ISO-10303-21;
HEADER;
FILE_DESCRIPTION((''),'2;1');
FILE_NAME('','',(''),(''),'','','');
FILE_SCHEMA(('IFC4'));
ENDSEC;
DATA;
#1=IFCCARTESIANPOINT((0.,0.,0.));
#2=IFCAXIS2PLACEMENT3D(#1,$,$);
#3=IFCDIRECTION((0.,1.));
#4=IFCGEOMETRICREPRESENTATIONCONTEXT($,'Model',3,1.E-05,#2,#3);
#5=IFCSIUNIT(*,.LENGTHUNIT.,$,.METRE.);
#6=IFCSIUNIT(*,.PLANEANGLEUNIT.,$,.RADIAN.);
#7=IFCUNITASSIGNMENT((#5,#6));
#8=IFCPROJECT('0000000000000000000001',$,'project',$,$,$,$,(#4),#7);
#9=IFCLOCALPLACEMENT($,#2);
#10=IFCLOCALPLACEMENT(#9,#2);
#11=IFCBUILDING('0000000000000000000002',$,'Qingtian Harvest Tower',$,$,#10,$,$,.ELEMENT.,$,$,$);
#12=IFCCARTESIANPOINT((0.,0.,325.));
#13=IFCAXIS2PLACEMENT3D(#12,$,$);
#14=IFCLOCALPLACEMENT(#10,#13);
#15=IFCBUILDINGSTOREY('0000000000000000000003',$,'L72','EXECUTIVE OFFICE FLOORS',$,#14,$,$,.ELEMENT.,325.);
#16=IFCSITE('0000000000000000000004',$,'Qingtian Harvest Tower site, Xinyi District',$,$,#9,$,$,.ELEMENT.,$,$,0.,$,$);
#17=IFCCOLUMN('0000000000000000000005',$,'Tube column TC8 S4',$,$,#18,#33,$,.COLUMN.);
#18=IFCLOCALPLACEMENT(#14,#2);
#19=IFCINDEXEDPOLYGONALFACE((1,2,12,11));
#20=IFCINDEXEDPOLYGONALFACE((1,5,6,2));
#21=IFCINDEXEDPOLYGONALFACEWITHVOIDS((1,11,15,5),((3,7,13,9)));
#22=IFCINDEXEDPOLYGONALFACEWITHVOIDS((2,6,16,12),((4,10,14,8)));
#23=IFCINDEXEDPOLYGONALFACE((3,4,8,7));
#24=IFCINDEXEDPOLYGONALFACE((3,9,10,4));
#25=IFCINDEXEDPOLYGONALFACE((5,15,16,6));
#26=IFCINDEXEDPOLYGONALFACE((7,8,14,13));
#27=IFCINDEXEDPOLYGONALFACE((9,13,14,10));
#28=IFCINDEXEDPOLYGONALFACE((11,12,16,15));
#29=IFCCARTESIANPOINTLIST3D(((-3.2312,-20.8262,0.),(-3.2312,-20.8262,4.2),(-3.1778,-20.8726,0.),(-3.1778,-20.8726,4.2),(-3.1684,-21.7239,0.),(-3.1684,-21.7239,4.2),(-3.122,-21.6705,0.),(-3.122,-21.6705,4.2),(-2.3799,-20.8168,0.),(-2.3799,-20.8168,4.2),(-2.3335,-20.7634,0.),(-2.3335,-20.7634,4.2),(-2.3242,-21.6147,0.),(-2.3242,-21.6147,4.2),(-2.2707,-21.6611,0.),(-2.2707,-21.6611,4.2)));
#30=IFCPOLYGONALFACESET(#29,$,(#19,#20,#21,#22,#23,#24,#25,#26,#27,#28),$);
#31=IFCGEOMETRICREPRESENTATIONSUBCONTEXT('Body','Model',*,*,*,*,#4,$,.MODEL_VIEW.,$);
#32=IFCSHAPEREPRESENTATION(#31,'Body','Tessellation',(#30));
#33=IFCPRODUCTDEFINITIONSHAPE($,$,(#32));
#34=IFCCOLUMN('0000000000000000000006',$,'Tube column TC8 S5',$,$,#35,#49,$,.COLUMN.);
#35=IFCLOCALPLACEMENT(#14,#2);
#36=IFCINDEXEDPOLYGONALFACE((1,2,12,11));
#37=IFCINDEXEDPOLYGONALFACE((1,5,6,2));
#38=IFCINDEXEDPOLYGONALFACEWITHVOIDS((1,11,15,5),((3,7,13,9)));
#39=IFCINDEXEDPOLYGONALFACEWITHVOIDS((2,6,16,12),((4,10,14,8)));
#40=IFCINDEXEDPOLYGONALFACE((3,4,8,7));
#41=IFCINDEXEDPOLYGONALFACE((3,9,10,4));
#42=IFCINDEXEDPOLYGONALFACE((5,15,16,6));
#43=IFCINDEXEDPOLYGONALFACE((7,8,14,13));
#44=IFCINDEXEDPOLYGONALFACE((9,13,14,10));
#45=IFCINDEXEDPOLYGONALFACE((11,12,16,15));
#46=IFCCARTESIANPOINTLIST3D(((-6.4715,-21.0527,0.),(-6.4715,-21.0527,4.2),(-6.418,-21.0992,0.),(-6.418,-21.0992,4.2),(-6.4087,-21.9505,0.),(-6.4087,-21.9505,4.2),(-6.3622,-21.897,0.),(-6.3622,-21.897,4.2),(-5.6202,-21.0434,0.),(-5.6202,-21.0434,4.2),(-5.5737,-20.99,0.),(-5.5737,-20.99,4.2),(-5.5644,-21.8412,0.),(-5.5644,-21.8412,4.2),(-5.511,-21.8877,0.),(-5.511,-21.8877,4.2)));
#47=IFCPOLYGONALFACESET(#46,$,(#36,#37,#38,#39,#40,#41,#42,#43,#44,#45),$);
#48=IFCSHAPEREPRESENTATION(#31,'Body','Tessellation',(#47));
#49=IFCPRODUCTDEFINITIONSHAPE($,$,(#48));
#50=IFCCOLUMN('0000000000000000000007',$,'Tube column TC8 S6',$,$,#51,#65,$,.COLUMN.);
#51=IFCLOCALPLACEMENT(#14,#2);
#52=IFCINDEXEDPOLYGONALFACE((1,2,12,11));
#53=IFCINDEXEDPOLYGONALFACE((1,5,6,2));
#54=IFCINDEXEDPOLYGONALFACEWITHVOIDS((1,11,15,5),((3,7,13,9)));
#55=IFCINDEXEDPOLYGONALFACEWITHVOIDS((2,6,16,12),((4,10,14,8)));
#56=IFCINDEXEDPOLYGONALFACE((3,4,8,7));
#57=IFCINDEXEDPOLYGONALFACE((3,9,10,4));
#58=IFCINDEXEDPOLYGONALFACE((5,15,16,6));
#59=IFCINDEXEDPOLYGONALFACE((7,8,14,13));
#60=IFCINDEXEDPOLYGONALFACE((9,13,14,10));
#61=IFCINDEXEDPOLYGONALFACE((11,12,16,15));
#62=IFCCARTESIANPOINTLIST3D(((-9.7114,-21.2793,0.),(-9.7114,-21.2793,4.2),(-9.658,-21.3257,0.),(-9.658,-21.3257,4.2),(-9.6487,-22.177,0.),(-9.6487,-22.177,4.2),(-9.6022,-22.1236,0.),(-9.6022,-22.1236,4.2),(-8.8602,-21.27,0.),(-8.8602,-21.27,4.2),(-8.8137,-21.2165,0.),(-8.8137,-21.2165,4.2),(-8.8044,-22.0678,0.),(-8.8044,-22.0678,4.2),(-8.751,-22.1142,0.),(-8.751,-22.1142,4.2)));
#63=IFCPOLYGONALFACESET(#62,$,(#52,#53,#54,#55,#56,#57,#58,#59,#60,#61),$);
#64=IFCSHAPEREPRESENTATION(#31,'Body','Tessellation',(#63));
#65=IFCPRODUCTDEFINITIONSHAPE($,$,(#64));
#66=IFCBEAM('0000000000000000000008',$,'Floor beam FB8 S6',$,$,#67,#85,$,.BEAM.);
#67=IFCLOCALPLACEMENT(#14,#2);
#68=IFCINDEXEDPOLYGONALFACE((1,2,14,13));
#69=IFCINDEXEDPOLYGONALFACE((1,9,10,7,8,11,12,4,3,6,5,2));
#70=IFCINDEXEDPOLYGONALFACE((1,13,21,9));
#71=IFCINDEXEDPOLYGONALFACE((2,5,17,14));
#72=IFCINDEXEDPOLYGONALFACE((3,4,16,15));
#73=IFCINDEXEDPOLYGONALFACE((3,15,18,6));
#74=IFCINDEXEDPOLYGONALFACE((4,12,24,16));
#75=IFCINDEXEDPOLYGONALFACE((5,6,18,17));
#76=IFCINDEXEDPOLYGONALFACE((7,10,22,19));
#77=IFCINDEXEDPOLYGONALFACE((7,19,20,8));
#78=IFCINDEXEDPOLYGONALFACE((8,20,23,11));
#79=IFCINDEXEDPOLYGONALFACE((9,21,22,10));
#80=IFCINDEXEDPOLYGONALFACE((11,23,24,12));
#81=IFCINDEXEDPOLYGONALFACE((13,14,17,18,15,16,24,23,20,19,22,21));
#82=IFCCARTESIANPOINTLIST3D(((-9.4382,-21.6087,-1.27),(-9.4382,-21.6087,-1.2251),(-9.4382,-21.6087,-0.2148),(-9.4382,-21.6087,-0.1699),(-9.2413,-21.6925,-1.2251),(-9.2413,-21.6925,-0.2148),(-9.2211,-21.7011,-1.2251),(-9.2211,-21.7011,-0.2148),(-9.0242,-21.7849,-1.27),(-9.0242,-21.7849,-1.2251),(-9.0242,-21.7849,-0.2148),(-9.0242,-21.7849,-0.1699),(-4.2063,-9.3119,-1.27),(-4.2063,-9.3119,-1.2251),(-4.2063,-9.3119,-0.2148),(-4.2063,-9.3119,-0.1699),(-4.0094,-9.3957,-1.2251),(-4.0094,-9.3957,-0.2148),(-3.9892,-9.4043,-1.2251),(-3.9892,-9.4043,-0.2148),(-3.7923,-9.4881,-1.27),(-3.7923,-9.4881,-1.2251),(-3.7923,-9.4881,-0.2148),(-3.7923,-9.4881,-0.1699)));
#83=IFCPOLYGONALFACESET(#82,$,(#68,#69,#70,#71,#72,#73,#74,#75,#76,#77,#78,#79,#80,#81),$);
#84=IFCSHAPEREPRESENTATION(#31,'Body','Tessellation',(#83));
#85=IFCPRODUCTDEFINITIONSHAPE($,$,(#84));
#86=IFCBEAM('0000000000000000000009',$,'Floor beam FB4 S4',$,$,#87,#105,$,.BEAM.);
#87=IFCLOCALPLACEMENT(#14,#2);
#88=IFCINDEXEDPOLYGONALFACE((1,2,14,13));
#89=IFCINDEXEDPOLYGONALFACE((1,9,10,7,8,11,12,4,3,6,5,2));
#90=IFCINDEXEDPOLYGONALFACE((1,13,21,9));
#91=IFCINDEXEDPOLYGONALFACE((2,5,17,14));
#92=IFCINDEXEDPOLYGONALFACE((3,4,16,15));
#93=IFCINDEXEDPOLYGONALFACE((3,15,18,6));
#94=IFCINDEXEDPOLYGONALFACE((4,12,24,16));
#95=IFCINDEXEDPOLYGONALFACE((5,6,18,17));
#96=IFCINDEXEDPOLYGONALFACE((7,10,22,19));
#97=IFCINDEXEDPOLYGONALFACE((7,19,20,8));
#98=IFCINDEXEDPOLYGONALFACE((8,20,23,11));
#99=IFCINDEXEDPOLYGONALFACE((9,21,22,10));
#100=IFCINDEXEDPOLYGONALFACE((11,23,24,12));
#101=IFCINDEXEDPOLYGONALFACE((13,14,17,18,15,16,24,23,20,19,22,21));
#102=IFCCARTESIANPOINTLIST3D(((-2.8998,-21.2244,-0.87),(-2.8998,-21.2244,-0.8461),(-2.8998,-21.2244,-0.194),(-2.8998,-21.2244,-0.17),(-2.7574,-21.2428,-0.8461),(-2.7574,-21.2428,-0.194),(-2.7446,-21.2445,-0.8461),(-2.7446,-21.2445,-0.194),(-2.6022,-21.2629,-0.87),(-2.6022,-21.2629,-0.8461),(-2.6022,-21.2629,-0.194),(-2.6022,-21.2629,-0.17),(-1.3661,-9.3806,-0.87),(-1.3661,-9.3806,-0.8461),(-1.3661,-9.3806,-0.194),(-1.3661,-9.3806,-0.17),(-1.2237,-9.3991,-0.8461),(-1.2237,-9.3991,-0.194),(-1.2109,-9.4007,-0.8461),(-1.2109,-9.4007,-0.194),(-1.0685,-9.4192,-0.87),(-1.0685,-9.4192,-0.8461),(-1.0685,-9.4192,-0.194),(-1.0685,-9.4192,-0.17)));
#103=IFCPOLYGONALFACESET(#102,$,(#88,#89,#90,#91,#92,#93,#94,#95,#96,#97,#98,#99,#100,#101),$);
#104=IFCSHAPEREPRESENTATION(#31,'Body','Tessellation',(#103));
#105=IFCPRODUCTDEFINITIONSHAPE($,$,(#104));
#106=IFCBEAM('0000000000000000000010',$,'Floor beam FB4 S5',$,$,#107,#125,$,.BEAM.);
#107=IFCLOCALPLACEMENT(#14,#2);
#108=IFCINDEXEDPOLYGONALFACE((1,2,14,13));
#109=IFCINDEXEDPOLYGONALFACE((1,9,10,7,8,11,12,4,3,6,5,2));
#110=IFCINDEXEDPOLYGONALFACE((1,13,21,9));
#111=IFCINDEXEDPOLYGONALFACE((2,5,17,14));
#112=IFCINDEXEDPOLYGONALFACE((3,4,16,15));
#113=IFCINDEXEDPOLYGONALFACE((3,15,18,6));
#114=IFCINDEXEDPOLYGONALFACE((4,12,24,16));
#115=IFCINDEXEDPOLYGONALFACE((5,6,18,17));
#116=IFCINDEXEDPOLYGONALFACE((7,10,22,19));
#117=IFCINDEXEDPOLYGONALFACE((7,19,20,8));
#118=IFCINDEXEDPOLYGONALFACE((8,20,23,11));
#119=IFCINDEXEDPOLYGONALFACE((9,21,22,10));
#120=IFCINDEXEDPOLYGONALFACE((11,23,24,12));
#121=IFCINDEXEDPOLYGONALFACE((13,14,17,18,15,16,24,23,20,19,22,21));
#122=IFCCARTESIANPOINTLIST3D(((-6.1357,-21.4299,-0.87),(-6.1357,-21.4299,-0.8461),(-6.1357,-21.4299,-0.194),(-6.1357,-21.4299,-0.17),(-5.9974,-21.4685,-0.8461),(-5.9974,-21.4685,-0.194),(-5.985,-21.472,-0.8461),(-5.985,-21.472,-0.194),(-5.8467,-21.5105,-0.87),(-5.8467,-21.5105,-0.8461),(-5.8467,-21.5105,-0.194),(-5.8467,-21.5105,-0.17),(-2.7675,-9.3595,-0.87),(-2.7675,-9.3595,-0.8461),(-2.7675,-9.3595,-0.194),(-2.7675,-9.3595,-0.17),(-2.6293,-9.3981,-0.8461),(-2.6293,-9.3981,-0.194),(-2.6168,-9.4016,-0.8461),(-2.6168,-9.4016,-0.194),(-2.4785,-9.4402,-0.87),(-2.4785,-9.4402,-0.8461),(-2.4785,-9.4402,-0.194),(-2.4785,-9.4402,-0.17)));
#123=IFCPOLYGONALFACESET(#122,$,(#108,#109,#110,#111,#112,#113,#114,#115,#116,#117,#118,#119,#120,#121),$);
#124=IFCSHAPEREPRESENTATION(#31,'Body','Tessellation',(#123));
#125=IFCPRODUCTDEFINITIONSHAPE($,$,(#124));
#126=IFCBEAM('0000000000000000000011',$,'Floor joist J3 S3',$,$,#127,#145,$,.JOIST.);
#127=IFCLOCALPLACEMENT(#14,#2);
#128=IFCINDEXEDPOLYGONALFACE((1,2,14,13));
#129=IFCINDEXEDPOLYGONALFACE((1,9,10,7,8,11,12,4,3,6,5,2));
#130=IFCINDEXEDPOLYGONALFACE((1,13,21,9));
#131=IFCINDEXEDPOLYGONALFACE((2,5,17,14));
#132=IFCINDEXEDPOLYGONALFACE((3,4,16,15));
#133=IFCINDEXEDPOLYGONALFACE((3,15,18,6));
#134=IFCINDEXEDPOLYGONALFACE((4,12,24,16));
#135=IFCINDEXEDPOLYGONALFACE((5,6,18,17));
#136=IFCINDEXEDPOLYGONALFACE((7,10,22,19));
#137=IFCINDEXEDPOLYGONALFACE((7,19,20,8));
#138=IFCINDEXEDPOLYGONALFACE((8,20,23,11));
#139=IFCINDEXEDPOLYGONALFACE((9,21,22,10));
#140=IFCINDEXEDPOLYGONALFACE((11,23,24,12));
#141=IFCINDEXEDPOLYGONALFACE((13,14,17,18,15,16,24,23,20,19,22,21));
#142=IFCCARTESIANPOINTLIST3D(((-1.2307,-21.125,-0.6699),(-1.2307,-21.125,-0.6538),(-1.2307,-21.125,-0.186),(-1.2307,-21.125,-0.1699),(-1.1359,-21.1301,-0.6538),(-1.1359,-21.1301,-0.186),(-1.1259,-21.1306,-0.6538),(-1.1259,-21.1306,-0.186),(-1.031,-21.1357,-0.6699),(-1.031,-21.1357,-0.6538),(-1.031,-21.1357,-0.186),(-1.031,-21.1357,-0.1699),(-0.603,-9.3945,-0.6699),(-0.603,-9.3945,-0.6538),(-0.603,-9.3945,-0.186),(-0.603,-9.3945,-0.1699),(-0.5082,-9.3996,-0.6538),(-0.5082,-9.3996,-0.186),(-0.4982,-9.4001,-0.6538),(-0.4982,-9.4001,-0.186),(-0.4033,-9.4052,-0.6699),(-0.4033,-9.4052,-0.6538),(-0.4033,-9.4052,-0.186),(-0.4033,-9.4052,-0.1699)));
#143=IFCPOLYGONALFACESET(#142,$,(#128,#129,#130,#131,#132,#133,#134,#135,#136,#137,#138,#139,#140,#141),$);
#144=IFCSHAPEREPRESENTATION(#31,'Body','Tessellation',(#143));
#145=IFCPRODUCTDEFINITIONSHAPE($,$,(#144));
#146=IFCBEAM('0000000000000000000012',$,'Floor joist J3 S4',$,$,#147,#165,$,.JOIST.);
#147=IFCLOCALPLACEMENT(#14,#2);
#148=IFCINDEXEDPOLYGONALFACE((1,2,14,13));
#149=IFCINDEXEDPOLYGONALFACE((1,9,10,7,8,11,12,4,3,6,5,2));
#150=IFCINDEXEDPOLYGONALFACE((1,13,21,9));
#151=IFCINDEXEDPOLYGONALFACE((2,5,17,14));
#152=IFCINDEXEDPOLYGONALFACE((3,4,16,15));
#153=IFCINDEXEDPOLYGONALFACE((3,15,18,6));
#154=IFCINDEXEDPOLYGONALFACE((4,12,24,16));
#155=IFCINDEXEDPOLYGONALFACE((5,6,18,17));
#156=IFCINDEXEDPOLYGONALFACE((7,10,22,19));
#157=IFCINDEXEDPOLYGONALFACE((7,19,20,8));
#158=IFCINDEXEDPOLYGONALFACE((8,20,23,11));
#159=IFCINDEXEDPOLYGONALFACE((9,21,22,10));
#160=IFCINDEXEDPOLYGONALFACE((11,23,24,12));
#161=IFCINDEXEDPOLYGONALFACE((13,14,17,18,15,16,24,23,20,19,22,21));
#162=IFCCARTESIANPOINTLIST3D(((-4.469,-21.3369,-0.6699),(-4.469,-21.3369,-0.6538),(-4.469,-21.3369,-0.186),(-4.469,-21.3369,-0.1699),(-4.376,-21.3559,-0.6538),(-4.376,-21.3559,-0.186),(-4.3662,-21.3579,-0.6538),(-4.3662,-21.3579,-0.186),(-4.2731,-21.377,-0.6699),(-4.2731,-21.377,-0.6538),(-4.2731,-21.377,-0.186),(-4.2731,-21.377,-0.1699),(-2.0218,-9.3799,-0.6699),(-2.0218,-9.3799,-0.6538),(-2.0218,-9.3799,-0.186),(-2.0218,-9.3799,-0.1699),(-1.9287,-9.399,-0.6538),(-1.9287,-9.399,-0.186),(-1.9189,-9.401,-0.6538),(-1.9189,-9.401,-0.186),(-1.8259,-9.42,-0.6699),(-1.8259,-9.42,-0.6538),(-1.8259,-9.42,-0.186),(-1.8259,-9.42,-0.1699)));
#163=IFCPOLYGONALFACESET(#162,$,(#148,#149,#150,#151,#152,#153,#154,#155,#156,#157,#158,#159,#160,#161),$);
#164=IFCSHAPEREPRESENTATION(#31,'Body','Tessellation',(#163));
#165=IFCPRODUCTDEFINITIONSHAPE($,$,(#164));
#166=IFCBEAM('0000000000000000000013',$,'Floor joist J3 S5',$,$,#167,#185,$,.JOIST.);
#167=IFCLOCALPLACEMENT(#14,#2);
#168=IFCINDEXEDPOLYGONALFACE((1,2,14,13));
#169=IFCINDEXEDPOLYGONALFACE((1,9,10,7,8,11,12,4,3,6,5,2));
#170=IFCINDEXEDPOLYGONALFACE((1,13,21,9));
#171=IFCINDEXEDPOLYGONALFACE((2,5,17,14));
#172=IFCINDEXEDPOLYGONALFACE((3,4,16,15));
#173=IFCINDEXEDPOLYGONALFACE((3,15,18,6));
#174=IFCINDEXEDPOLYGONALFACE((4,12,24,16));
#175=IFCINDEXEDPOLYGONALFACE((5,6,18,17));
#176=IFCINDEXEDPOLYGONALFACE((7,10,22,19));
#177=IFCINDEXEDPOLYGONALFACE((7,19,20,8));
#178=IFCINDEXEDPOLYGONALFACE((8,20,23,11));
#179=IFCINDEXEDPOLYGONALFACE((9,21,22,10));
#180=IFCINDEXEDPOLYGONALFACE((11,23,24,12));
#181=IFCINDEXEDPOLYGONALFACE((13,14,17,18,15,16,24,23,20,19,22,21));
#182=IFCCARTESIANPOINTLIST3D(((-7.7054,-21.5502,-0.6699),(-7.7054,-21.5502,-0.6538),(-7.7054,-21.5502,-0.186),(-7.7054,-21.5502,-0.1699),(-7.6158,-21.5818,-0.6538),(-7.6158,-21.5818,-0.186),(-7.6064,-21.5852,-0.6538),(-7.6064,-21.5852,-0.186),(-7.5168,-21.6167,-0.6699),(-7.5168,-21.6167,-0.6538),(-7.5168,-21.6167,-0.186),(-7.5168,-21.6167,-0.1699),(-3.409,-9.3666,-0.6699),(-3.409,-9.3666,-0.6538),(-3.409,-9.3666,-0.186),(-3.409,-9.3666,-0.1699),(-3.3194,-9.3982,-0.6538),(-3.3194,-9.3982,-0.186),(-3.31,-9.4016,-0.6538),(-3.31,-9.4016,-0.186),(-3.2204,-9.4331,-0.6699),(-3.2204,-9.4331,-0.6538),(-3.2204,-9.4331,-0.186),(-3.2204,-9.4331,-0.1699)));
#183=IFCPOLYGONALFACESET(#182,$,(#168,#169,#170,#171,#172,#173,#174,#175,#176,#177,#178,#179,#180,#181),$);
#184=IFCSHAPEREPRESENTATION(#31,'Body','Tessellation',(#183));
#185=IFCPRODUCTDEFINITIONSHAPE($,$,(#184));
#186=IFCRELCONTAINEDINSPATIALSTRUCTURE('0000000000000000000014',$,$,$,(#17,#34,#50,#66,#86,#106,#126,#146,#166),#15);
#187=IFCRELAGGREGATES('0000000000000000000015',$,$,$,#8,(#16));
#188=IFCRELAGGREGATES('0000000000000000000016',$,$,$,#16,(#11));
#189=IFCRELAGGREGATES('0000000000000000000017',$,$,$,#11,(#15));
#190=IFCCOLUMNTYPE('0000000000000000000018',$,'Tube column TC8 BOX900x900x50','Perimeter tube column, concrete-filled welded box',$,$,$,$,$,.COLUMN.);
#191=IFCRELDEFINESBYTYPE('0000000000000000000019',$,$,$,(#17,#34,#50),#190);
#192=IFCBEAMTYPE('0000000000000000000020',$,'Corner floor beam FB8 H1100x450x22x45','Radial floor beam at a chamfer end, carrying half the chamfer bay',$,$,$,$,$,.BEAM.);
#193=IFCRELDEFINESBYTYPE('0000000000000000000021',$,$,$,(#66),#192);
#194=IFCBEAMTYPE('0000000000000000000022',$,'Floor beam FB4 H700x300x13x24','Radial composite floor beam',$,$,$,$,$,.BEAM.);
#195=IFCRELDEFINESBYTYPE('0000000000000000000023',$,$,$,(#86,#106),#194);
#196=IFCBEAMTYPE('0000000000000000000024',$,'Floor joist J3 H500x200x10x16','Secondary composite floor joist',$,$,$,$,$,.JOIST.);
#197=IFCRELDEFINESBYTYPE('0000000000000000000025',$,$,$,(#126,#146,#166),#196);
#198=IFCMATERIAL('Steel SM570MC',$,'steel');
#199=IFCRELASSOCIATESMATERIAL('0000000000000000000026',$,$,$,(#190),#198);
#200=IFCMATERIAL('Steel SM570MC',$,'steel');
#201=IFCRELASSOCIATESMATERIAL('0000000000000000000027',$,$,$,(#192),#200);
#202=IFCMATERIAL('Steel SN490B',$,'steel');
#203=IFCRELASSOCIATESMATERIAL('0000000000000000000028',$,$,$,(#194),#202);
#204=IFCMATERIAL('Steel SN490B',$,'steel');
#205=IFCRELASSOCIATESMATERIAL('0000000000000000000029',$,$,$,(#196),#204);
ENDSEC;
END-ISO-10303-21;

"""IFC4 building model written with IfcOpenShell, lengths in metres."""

from ifc_helpers import new_model, si_unit, direction, frame, origin, origin_2d, place, context, subcontext, project, spatial, hollow_rectangle, i_section, extrude, material, material_profile, profile_set, type_object, element, save


model = new_model("IFC4")

# Units and contexts
model_context = context("Model", 3, precision=1e-05, world=origin(), true_north=direction((0.0, 1.0)))
body_context = subcontext(model_context, "Body", "Model", "MODEL_VIEW")
ifc_project = project(units=[si_unit("LENGTHUNIT", "METRE"), si_unit("PLANEANGLEUNIT", "RADIAN")], contexts=[model_context])

# Site, building, storey
site_placement = place(None, origin())
site = spatial("IfcSite", under=ifc_project, at=site_placement, Name="Qingtian Harvest Tower site, Xinyi District", CompositionType="ELEMENT", RefElevation=0.0)
building_placement = place(site_placement, origin())
building = spatial("IfcBuilding", under=site, at=building_placement, Name="Qingtian Harvest Tower", CompositionType="ELEMENT")
storey_placement = place(building_placement, frame((0.0, 0.0, 325.0)))
storey = spatial("IfcBuildingStorey", under=building, at=storey_placement, Name="L72", Description="EXECUTIVE OFFICE FLOORS", CompositionType="ELEMENT", Elevation=325.0)

# Columns
ifc_material_1 = material(Name="Steel SM570MC", Category="steel")
ifc_material_profile_1 = material_profile(ifc_material_1, hollow_rectangle(XDim=0.8999, YDim=0.8999, WallThickness=0.05, at=origin_2d()), Name="BOX900x900x50")
ifc_profile_set_1 = profile_set([ifc_material_profile_1], Name="Steel SM570MC")
column_type = type_object("IfcColumnType", Name="Tube column TC8 BOX900x900x50", Description="Perimeter tube column, concrete-filled welded box", PredefinedType="COLUMN", material=ifc_profile_set_1)
for number, where, z_axis, x_axis, name in (
    (1, (-2.751, -21.2437, 0.0), (0.0, 0.0, 1.0), (0.997564, 0.069756, 0.0), "Tube column TC8 S4"),
    (2, (-5.9912, -21.4702, 0.0), (0.0, 0.0, 1.0), (0.997564, 0.069756, 0.0), "Tube column TC8 S5"),
    (3, (-9.2312, -21.6968, 0.0), (0.0, 0.0, 1.0), (0.997564, 0.069756, 0.0), "Tube column TC8 S6"),
):
    element("IfcColumn", number, at=place(storey_placement, frame(where, z_axis=z_axis, x_axis=x_axis)), inside=storey, type_object=column_type, Name=name, PredefinedType="COLUMN", context=body_context, shape_type="SweptSolid", body=[
        extrude(hollow_rectangle(XDim=0.8999, YDim=0.8999, WallThickness=0.05, at=origin_2d()), origin(), (0.0, 0.0, 1.0), 4.2),
    ])

# Beams
ifc_material_2 = material(Name="Steel SM570MC", Category="steel")
ifc_material_profile_2 = material_profile(ifc_material_2, i_section(OverallWidth=0.45, OverallDepth=1.1001, WebThickness=0.022, FlangeThickness=0.0449, at=origin_2d()), Name="H1100x450x22x45")
ifc_profile_set_2 = profile_set([ifc_material_profile_2], Name="Steel SM570MC")
beam_type_1 = type_object("IfcBeamType", Name="Corner floor beam FB8 H1100x450x22x45", Description="Radial floor beam at a chamfer end, carrying half the chamfer bay", PredefinedType="BEAM", material=ifc_profile_set_2)
beam_1_placement = place(storey_placement, frame((-9.2312, -21.6968, -0.72), z_axis=(0.391506, 0.920176, 0.0), x_axis=(-0.920176, 0.391506, 0.0)))
element("IfcBeam", 4, at=beam_1_placement, inside=storey, type_object=beam_type_1, Name="Floor beam FB8 S6", PredefinedType="BEAM", context=body_context, shape_type="SweptSolid", body=[
    extrude(i_section(OverallWidth=0.45, OverallDepth=1.1001, WebThickness=0.022, FlangeThickness=0.0449, at=origin_2d()), origin(), (0.0, 0.0, 1.0), 13.3635),
])
ifc_material_3 = material(Name="Steel SN490B", Category="steel")
ifc_material_profile_3 = material_profile(ifc_material_3, i_section(OverallWidth=0.3, OverallDepth=0.7, WebThickness=0.0129, FlangeThickness=0.0239, at=origin_2d()), Name="H700x300x13x24")
ifc_profile_set_3 = profile_set([ifc_material_profile_3], Name="Steel SN490B")
beam_type_2 = type_object("IfcBeamType", Name="Floor beam FB4 H700x300x13x24", Description="Radial composite floor beam", PredefinedType="BEAM", material=ifc_profile_set_3)
beam_2_placement = place(storey_placement, frame((-2.751, -21.2437, -0.52), z_axis=(0.128421, 0.99172, 0.0), x_axis=(-0.99172, 0.128421, 0.0)))
element("IfcBeam", 5, at=beam_2_placement, inside=storey, type_object=beam_type_2, Name="Floor beam FB4 S4", PredefinedType="BEAM", context=body_context, shape_type="SweptSolid", body=[
    extrude(i_section(OverallWidth=0.3, OverallDepth=0.7, WebThickness=0.0129, FlangeThickness=0.0239, at=origin_2d()), origin(), (0.0, 0.0, 1.0), 11.9426),
])
beam_3_placement = place(storey_placement, frame((-5.9912, -21.4702, -0.52), z_axis=(0.268777, 0.963202, 0.0), x_axis=(-0.963202, 0.268777, 0.0)))
element("IfcBeam", 6, at=beam_3_placement, inside=storey, type_object=beam_type_2, Name="Floor beam FB4 S5", PredefinedType="BEAM", context=body_context, shape_type="SweptSolid", body=[
    extrude(i_section(OverallWidth=0.3, OverallDepth=0.7, WebThickness=0.0129, FlangeThickness=0.0239, at=origin_2d()), origin(), (0.0, 0.0, 1.0), 12.5315),
])
ifc_material_4 = material(Name="Steel SN490B", Category="steel")
ifc_material_profile_4 = material_profile(ifc_material_4, i_section(OverallWidth=0.2, OverallDepth=0.5, WebThickness=0.01, FlangeThickness=0.0161, at=origin_2d()), Name="H500x200x10x16")
ifc_profile_set_4 = profile_set([ifc_material_profile_4], Name="Steel SN490B")
beam_type_3 = type_object("IfcBeamType", Name="Floor joist J3 H500x200x10x16", Description="Secondary composite floor joist", PredefinedType="JOIST", material=ifc_profile_set_4)
beam_4_placement = place(storey_placement, frame((-1.1309, -21.1304, -0.4199), z_axis=(0.053433, 0.998571, 0.0), x_axis=(-0.998571, 0.053433, 0.0)))
element("IfcBeam", 7, at=beam_4_placement, inside=storey, type_object=beam_type_3, Name="Floor joist J3 S3", PredefinedType="JOIST", context=body_context, shape_type="SweptSolid", body=[
    extrude(i_section(OverallWidth=0.2, OverallDepth=0.5, WebThickness=0.01, FlangeThickness=0.0161, at=origin_2d()), origin(), (0.0, 0.0, 1.0), 11.7473),
])
beam_5_placement = place(storey_placement, frame((-4.3711, -21.3569, -0.4199), z_axis=(0.200515, 0.979691, 0.0), x_axis=(-0.979691, 0.200515, 0.0)))
element("IfcBeam", 8, at=beam_5_placement, inside=storey, type_object=beam_type_3, Name="Floor joist J3 S4", PredefinedType="JOIST", context=body_context, shape_type="SweptSolid", body=[
    extrude(i_section(OverallWidth=0.2, OverallDepth=0.5, WebThickness=0.01, FlangeThickness=0.0161, at=origin_2d()), origin(), (0.0, 0.0, 1.0), 12.2048),
])
beam_6_placement = place(storey_placement, frame((-7.6111, -21.5835, -0.4199), z_axis=(0.332565, 0.94308, 0.0), x_axis=(-0.94308, 0.332565, 0.0)))
element("IfcBeam", 9, at=beam_6_placement, inside=storey, type_object=beam_type_3, Name="Floor joist J3 S5", PredefinedType="JOIST", context=body_context, shape_type="SweptSolid", body=[
    extrude(i_section(OverallWidth=0.2, OverallDepth=0.5, WebThickness=0.01, FlangeThickness=0.0161, at=origin_2d()), origin(), (0.0, 0.0, 1.0), 12.9189),
])

save(model, "model.ifc")
